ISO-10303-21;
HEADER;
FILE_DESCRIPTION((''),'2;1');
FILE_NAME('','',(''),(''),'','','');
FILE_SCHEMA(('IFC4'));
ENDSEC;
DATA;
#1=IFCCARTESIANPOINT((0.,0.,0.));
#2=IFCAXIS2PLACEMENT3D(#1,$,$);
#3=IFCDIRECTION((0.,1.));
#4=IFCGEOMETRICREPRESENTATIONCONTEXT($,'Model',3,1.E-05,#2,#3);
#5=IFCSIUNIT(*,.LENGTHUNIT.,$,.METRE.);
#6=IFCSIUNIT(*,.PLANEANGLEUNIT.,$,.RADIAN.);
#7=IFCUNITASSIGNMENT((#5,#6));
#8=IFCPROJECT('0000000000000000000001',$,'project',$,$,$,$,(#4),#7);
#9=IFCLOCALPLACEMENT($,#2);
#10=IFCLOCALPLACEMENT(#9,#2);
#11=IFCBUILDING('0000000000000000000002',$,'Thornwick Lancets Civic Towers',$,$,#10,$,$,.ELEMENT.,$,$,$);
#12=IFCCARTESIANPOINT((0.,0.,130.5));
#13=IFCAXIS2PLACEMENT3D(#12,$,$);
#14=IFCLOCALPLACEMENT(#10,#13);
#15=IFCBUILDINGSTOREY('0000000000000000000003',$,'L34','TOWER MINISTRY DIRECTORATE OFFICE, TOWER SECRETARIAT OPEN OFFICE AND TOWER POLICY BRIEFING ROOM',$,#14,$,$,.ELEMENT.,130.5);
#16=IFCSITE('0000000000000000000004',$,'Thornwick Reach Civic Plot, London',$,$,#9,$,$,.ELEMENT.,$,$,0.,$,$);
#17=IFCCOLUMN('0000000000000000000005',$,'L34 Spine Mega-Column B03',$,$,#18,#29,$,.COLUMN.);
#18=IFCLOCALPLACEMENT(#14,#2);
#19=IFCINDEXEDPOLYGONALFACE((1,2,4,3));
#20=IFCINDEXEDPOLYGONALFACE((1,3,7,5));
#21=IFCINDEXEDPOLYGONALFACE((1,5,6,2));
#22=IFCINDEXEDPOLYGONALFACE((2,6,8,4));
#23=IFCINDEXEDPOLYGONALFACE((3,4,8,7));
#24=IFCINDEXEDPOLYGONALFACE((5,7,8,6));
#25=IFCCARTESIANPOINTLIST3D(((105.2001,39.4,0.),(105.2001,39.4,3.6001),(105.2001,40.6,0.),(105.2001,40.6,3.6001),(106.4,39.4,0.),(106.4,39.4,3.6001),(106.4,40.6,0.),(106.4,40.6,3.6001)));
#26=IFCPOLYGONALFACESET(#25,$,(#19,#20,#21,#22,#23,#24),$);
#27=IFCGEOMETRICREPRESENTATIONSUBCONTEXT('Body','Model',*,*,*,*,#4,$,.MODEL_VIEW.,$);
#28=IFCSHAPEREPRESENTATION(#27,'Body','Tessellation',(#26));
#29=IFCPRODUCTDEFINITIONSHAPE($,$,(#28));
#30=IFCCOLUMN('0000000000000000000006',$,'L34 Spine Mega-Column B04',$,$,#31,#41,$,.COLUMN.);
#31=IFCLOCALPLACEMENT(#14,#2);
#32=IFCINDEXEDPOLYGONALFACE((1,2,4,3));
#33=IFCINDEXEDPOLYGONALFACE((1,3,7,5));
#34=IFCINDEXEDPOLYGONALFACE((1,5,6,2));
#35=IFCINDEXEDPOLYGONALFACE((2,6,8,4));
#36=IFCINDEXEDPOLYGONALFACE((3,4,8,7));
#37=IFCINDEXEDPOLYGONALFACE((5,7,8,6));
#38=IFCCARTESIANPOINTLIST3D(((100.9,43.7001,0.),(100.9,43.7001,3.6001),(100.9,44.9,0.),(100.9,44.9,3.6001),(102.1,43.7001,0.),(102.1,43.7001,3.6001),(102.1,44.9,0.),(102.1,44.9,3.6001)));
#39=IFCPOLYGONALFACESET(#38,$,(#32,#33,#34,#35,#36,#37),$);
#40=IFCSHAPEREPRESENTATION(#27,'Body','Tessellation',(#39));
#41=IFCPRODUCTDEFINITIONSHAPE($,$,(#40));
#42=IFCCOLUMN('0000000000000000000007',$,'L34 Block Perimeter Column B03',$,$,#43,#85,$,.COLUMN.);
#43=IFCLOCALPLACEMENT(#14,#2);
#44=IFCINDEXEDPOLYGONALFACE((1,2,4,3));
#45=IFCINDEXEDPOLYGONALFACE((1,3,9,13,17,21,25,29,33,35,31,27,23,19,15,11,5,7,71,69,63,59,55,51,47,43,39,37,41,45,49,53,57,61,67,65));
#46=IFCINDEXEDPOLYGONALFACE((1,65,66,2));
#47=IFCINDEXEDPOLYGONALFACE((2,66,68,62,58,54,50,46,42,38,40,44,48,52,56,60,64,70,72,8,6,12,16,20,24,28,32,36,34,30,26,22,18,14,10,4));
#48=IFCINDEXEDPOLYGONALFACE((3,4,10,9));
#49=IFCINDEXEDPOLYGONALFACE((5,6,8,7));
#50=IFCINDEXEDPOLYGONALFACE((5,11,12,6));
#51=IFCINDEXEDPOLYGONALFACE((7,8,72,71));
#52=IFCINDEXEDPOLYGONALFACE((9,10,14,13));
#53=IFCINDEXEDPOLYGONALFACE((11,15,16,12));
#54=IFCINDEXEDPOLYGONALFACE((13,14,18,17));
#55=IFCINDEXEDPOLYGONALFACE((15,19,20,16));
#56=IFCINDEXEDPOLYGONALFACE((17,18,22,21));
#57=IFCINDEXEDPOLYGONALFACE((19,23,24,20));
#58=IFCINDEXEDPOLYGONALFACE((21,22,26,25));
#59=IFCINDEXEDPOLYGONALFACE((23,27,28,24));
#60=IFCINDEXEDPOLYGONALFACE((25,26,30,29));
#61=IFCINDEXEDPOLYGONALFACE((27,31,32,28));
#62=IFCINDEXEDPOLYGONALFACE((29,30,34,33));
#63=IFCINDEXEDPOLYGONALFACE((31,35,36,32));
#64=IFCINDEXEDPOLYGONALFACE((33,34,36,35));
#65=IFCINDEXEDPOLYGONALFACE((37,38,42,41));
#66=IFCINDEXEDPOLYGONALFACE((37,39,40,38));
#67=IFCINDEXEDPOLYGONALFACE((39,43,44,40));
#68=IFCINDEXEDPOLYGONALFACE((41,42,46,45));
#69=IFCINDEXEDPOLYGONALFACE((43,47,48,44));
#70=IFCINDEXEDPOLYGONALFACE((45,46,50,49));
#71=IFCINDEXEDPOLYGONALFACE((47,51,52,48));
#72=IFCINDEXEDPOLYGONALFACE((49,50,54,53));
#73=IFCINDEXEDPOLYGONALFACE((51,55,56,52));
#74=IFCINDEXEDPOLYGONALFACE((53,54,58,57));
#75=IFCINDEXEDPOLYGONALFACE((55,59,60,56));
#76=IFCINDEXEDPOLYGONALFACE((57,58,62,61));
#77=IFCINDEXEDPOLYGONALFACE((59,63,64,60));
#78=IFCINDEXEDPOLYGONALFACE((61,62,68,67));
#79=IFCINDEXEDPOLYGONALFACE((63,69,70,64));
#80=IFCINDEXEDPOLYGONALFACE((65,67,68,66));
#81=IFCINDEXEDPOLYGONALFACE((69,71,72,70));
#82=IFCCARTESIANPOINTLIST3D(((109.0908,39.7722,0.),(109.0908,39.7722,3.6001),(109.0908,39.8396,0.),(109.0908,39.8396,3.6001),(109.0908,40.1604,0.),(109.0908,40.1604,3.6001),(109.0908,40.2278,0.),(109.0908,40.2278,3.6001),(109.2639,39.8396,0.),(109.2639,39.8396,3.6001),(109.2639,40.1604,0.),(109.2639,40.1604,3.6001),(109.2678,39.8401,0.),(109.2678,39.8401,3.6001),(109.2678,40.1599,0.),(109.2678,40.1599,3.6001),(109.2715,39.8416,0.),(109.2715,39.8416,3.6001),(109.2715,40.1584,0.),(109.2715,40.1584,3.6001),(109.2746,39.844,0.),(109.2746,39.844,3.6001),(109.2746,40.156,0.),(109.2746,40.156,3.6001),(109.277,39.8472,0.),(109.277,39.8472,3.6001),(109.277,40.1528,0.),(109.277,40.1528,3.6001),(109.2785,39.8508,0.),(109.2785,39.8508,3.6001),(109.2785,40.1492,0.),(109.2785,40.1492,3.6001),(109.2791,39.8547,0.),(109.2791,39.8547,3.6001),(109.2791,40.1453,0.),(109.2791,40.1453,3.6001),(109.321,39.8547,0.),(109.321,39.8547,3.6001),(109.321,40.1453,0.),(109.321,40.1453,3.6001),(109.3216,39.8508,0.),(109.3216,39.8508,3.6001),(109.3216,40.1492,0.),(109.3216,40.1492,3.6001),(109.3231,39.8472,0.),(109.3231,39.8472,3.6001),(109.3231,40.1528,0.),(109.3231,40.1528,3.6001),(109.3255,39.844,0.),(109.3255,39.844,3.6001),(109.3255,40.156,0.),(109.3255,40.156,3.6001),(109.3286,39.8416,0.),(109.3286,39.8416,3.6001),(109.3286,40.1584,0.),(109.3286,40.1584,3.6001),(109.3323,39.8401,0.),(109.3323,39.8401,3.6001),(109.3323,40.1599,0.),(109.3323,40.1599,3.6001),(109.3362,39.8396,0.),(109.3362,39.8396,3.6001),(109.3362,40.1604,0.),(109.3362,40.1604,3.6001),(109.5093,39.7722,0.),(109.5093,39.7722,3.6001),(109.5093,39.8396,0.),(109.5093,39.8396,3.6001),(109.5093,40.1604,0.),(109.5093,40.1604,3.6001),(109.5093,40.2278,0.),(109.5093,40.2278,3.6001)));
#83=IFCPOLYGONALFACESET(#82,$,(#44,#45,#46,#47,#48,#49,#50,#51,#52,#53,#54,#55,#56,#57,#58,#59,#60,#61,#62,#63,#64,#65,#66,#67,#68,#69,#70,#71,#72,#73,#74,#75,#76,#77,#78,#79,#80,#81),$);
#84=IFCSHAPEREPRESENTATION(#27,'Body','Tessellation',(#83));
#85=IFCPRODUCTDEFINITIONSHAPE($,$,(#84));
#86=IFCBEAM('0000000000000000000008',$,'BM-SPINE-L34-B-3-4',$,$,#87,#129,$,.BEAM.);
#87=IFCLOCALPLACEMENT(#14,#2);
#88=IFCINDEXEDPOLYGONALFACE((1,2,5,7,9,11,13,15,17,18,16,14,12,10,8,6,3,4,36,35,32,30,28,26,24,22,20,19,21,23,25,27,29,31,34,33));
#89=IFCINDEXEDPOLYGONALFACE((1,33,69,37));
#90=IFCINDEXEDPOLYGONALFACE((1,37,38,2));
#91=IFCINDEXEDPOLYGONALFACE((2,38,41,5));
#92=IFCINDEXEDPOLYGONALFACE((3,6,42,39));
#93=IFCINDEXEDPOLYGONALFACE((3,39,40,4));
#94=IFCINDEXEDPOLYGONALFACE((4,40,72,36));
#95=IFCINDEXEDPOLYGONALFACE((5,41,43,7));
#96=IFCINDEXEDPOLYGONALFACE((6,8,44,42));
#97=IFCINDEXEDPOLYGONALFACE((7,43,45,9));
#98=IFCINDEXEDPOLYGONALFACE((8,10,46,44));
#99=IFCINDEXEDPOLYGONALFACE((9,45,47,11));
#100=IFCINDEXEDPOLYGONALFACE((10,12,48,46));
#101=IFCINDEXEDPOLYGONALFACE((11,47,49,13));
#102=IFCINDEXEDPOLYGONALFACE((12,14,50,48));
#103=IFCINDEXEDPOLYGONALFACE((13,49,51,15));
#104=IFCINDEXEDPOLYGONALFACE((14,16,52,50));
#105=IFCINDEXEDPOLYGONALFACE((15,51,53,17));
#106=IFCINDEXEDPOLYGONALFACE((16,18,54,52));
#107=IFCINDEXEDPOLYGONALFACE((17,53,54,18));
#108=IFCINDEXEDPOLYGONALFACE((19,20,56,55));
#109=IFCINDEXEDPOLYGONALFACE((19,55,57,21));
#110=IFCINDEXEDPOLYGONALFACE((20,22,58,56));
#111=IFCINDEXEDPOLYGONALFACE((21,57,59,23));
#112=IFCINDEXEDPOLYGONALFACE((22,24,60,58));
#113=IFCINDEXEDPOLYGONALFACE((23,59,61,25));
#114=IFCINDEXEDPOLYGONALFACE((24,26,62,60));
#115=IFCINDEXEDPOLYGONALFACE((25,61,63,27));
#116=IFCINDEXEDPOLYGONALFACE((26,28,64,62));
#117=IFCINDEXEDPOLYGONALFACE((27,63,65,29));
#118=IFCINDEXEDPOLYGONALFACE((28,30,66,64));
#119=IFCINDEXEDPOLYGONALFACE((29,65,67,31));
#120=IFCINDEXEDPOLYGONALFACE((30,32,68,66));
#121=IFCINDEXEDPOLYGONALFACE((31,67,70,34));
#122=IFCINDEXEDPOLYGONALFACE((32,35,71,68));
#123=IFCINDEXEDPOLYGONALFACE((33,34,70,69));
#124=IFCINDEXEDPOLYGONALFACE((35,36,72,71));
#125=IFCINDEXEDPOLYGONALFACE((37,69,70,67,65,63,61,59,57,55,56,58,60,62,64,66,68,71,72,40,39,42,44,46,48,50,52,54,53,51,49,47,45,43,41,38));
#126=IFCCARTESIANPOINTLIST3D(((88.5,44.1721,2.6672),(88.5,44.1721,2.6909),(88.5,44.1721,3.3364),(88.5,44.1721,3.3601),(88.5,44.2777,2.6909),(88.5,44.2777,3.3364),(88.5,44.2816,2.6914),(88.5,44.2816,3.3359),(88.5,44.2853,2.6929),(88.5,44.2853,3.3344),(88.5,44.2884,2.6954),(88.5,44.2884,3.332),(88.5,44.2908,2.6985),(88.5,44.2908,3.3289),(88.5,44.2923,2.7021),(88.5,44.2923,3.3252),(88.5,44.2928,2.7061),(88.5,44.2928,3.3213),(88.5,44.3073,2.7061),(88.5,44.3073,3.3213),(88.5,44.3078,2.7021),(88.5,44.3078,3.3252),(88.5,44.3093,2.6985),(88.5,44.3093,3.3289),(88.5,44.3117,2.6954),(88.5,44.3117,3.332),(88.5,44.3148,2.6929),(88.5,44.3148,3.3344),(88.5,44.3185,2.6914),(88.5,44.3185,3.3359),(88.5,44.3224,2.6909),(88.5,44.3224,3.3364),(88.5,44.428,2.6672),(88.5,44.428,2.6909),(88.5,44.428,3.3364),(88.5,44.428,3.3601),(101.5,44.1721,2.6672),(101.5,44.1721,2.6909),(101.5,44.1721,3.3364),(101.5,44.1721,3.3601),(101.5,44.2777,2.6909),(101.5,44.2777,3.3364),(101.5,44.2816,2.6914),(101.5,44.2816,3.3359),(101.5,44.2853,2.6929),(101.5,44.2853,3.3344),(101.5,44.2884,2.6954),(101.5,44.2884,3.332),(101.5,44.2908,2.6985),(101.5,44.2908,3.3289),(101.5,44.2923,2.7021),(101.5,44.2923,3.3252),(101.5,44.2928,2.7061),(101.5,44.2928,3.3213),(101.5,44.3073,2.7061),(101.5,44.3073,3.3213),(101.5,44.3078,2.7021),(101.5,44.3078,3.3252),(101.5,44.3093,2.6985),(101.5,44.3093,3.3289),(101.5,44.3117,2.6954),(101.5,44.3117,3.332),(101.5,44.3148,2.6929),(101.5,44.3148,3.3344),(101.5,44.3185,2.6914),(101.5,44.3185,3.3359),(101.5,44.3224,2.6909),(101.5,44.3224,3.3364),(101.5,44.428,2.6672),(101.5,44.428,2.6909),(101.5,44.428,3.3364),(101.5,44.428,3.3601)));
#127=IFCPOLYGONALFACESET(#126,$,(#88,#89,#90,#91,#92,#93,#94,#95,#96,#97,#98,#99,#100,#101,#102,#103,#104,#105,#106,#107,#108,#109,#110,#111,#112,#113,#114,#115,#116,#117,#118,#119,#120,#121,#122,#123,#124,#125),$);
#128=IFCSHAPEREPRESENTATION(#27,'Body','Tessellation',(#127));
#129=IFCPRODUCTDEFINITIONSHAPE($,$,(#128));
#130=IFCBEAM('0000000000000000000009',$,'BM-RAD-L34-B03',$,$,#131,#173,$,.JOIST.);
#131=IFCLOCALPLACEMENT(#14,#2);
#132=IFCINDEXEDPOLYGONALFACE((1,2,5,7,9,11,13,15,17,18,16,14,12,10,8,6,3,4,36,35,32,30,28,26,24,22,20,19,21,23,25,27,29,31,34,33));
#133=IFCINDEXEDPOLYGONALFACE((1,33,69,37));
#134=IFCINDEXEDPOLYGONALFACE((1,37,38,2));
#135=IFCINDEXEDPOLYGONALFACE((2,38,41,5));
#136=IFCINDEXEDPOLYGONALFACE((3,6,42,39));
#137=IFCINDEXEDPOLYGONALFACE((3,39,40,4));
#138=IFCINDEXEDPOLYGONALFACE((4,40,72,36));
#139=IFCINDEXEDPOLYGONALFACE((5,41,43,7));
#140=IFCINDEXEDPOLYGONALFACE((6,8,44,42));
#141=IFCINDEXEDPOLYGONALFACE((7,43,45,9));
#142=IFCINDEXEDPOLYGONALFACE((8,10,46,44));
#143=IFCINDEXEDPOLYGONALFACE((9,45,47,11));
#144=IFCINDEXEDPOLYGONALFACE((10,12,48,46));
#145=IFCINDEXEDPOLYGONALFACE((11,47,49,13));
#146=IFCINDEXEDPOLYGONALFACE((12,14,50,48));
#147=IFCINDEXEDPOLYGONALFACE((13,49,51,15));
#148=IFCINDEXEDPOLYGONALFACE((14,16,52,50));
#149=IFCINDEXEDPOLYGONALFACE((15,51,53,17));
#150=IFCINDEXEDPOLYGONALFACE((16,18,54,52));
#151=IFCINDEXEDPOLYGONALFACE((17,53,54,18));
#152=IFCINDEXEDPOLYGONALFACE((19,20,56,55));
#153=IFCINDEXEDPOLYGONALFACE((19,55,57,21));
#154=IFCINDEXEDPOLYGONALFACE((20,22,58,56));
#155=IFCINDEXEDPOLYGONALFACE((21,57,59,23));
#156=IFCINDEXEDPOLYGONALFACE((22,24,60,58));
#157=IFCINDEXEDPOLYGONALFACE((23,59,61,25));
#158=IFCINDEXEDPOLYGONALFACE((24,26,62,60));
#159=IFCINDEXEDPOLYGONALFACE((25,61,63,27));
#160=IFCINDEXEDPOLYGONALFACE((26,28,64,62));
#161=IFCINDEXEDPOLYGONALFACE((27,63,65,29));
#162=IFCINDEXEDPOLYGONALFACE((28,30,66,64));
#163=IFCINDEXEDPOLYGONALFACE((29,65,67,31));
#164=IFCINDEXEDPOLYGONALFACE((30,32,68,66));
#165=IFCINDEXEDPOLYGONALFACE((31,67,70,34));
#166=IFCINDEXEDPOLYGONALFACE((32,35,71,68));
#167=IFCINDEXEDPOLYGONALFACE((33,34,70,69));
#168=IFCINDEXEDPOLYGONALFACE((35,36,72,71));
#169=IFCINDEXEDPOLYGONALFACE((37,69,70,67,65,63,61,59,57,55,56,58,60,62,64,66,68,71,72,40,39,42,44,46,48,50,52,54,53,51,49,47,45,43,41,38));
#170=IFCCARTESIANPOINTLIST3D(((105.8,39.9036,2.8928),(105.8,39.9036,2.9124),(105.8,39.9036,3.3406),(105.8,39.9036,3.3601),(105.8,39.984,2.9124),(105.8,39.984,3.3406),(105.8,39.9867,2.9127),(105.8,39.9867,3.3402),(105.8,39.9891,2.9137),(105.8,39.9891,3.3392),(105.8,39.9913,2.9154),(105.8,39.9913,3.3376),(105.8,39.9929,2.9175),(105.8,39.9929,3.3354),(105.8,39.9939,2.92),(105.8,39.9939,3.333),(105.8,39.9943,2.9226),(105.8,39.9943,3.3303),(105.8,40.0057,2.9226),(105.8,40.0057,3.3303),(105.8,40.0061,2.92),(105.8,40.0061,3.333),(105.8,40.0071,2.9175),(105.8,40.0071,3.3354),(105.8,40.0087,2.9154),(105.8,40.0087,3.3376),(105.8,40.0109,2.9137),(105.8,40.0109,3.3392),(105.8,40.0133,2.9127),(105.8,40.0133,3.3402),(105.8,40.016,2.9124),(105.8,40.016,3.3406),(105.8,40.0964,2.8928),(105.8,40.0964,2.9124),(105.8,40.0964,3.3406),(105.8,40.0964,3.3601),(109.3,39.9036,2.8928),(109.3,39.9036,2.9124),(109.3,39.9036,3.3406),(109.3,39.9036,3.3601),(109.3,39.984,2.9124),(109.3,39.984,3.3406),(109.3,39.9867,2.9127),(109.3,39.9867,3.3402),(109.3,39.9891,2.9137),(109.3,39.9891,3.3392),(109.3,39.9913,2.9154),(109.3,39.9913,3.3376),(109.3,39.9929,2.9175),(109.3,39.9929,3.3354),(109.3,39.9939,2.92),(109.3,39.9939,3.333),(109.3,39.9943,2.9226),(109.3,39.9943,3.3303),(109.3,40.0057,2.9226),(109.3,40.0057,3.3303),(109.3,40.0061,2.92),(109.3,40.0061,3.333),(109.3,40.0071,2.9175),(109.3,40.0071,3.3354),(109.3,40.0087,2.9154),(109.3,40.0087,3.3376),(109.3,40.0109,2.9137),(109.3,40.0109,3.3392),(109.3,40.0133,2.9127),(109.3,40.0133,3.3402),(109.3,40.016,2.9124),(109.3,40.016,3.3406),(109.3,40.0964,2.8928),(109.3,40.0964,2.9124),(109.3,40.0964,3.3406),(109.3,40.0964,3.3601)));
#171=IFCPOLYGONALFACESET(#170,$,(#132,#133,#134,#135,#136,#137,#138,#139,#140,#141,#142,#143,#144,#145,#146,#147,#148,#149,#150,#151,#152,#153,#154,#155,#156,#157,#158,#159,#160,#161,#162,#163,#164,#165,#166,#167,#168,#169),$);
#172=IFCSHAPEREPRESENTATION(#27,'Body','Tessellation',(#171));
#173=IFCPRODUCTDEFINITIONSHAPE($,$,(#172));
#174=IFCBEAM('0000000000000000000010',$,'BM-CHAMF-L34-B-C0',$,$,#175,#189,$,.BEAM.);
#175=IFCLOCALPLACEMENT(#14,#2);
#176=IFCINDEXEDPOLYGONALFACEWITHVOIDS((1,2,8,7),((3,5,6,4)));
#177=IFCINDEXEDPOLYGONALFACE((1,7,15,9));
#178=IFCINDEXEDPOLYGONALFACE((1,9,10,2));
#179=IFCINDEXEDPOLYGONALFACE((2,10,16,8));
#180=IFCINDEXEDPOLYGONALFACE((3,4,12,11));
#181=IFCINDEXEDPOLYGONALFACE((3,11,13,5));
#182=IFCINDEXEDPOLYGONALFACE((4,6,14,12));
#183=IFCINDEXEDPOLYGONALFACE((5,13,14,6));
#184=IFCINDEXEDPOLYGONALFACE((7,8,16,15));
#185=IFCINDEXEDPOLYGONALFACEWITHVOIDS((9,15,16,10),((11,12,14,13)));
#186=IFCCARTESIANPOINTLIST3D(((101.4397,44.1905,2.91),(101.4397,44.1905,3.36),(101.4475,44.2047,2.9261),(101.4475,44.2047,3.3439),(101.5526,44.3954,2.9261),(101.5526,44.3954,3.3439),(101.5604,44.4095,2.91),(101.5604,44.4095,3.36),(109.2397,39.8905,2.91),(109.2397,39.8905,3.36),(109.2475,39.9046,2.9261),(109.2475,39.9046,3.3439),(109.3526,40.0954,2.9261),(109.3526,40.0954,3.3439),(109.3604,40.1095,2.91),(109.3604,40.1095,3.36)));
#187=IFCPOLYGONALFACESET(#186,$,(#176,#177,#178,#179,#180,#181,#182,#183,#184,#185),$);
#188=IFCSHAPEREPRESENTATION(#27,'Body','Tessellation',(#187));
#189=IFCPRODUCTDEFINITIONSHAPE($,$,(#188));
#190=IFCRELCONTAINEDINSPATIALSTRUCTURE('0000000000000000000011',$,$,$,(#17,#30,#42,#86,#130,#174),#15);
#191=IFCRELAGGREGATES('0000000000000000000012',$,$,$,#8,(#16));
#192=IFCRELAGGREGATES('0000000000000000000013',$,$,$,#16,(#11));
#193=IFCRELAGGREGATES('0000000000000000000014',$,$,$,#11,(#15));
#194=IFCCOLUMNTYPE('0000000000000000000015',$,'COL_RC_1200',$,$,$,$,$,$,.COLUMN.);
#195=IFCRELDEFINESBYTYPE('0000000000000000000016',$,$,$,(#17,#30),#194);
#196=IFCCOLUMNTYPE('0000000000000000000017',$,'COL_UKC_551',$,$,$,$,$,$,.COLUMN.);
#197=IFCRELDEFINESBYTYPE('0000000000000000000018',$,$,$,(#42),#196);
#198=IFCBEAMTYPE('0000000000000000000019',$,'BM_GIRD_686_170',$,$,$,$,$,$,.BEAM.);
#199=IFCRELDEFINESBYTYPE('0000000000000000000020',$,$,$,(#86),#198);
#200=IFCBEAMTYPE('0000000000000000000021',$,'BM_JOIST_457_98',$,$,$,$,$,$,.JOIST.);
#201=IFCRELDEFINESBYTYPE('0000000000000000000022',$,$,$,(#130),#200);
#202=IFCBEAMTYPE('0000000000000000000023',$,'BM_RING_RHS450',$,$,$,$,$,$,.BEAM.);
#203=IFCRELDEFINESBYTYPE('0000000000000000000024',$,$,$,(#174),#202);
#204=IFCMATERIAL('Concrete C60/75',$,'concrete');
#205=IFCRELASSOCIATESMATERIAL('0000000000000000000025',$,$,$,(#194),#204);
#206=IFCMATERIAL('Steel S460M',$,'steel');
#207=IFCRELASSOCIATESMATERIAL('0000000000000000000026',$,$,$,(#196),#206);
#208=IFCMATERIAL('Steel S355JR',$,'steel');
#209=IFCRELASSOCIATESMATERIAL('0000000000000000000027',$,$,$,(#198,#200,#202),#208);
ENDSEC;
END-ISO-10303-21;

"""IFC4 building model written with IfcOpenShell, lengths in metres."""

from ifc_helpers import new_model, si_unit, direction, frame, origin, origin_2d, place, context, subcontext, project, spatial, rectangle, hollow_rectangle, i_section, extrude, material, material_profile, profile_set, type_object, element, save


model = new_model("IFC4")

# Units and contexts
model_context = context("Model", 3, precision=1e-05, world=origin(), true_north=direction((0.0, 1.0)))
body_context = subcontext(model_context, "Body", "Model", "MODEL_VIEW")
ifc_project = project(units=[si_unit("LENGTHUNIT", "METRE"), si_unit("PLANEANGLEUNIT", "RADIAN")], contexts=[model_context])

# Site, building, storey
site_placement = place(None, origin())
site = spatial("IfcSite", under=ifc_project, at=site_placement, Name="Thornwick Reach Civic Plot, London", CompositionType="ELEMENT", RefElevation=0.0)
building_placement = place(site_placement, origin())
building = spatial("IfcBuilding", under=site, at=building_placement, Name="Thornwick Lancets Civic Towers", CompositionType="ELEMENT")
storey_placement = place(building_placement, frame((0.0, 0.0, 130.5)))
storey = spatial("IfcBuildingStorey", under=building, at=storey_placement, Name="L34", Description="TOWER MINISTRY DIRECTORATE OFFICE, TOWER SECRETARIAT OPEN OFFICE AND TOWER POLICY BRIEFING ROOM", CompositionType="ELEMENT", Elevation=130.5)

# Columns
ifc_material_1 = material(Name="Concrete C60/75", Category="concrete")
ifc_material_profile_1 = material_profile(ifc_material_1, rectangle(XDim=1.2, YDim=1.2, at=origin_2d()), Name="RC 1200x1200")
ifc_profile_set_1 = profile_set([ifc_material_profile_1], Name="Concrete C60/75")
column_type_1 = type_object("IfcColumnType", Name="COL_RC_1200", PredefinedType="COLUMN", material=ifc_profile_set_1)
for number, where, z_axis, x_axis, name in (
    (1, (105.8, 40.0, 0.0), (0.0, 0.0, 1.0), (1.0, 0.0, 0.0), "L34 Spine Mega-Column B03"),
    (2, (101.5, 44.3, 0.0), (0.0, 0.0, 1.0), (1.0, 0.0, 0.0), "L34 Spine Mega-Column B04"),
):
    element("IfcColumn", number, at=place(storey_placement, frame(where, z_axis=z_axis, x_axis=x_axis)), inside=storey, type_object=column_type_1, Name=name, PredefinedType="COLUMN", context=body_context, shape_type="SweptSolid", body=[
        extrude(rectangle(XDim=1.2, YDim=1.2, at=origin_2d()), origin(), (0.0, 0.0, 1.0), 3.6001),
    ])
ifc_material_2 = material(Name="Steel S460M", Category="steel")
ifc_material_profile_2 = material_profile(ifc_material_2, i_section(OverallWidth=0.4185, OverallDepth=0.4556, WebThickness=0.042, FlangeThickness=0.0674, FilletRadius=0.0151, at=origin_2d()), Name="UKC 356x406x551")
ifc_profile_set_2 = profile_set([ifc_material_profile_2], Name="Steel S460M")
column_type_2 = type_object("IfcColumnType", Name="COL_UKC_551", PredefinedType="COLUMN", material=ifc_profile_set_2)
column_placement = place(storey_placement, frame((109.3, 40.0, 0.0), z_axis=(0.0, 0.0, 1.0), x_axis=(1.0, 0.0, 0.0)))
element("IfcColumn", 3, at=column_placement, inside=storey, type_object=column_type_2, Name="L34 Block Perimeter Column B03", PredefinedType="COLUMN", context=body_context, shape_type="SweptSolid", body=[
    extrude(i_section(OverallWidth=0.4185, OverallDepth=0.4556, WebThickness=0.042, FlangeThickness=0.0674, FilletRadius=0.0151, at=origin_2d()), origin(), (0.0, 0.0, 1.0), 3.6001),
])

# Beams
ifc_material_3 = material(Name="Steel S355JR", Category="steel")
ifc_material_profile_3 = material_profile(ifc_material_3, i_section(OverallWidth=0.2559, OverallDepth=0.6929, WebThickness=0.0144, FlangeThickness=0.0237, FilletRadius=0.0151, at=origin_2d()), Name="UKB 686x254x170")
ifc_profile_set_3 = profile_set([ifc_material_profile_3], Name="Steel S355JR")
beam_type_1 = type_object("IfcBeamType", Name="BM_GIRD_686_170", PredefinedType="BEAM", material=ifc_profile_set_3)
beam_1_placement = place(storey_placement, frame((101.5, 44.3, 3.0137), z_axis=(-1.0, 0.0, 0.0), x_axis=(0.0, -1.0, 0.0)))
element("IfcBeam", 4, at=beam_1_placement, inside=storey, type_object=beam_type_1, Name="BM-SPINE-L34-B-3-4", PredefinedType="BEAM", context=body_context, shape_type="SweptSolid", body=[
    extrude(i_section(OverallWidth=0.2559, OverallDepth=0.6929, WebThickness=0.0144, FlangeThickness=0.0237, FilletRadius=0.0151, at=origin_2d()), origin(), (0.0, 0.0, 1.0), 13.0),
])
ifc_material_profile_4 = material_profile(ifc_material_3, i_section(OverallWidth=0.1929, OverallDepth=0.4673, WebThickness=0.0115, FlangeThickness=0.0195, FilletRadius=0.0103, at=origin_2d()), Name="UKB 457x191x98")
ifc_profile_set_4 = profile_set([ifc_material_profile_4], Name="Steel S355JR")
beam_type_2 = type_object("IfcBeamType", Name="BM_JOIST_457_98", PredefinedType="JOIST", material=ifc_profile_set_4)
beam_2_placement = place(storey_placement, frame((105.8, 40.0, 3.1265), z_axis=(1.0, 0.0, 0.0), x_axis=(0.0, 1.0, 0.0)))
element("IfcBeam", 5, at=beam_2_placement, inside=storey, type_object=beam_type_2, Name="BM-RAD-L34-B03", PredefinedType="JOIST", context=body_context, shape_type="SweptSolid", body=[
    extrude(i_section(OverallWidth=0.1929, OverallDepth=0.4673, WebThickness=0.0115, FlangeThickness=0.0195, FilletRadius=0.0103, at=origin_2d()), origin(), (0.0, 0.0, 1.0), 3.5),
])
ifc_material_profile_5 = material_profile(ifc_material_3, hollow_rectangle(XDim=0.25, YDim=0.45, WallThickness=0.0161, at=origin_2d()), Name="RHS 450x250x16")
ifc_profile_set_5 = profile_set([ifc_material_profile_5], Name="Steel S355JR")
beam_type_3 = type_object("IfcBeamType", Name="BM_RING_RHS450", PredefinedType="BEAM", material=ifc_profile_set_5)
beam_3_placement = place(storey_placement, frame((109.3, 40.0, 3.135), z_axis=(-0.87574, 0.482782, 0.0), x_axis=(-0.482782, -0.87574, 0.0)))
element("IfcBeam", 6, at=beam_3_placement, inside=storey, type_object=beam_type_3, Name="BM-CHAMF-L34-B-C0", PredefinedType="BEAM", context=body_context, shape_type="SweptSolid", body=[
    extrude(hollow_rectangle(XDim=0.25, YDim=0.45, WallThickness=0.0161, at=origin_2d()), origin(), (0.0, 0.0, 1.0), 8.9067),
])

save(model, "model.ifc")
